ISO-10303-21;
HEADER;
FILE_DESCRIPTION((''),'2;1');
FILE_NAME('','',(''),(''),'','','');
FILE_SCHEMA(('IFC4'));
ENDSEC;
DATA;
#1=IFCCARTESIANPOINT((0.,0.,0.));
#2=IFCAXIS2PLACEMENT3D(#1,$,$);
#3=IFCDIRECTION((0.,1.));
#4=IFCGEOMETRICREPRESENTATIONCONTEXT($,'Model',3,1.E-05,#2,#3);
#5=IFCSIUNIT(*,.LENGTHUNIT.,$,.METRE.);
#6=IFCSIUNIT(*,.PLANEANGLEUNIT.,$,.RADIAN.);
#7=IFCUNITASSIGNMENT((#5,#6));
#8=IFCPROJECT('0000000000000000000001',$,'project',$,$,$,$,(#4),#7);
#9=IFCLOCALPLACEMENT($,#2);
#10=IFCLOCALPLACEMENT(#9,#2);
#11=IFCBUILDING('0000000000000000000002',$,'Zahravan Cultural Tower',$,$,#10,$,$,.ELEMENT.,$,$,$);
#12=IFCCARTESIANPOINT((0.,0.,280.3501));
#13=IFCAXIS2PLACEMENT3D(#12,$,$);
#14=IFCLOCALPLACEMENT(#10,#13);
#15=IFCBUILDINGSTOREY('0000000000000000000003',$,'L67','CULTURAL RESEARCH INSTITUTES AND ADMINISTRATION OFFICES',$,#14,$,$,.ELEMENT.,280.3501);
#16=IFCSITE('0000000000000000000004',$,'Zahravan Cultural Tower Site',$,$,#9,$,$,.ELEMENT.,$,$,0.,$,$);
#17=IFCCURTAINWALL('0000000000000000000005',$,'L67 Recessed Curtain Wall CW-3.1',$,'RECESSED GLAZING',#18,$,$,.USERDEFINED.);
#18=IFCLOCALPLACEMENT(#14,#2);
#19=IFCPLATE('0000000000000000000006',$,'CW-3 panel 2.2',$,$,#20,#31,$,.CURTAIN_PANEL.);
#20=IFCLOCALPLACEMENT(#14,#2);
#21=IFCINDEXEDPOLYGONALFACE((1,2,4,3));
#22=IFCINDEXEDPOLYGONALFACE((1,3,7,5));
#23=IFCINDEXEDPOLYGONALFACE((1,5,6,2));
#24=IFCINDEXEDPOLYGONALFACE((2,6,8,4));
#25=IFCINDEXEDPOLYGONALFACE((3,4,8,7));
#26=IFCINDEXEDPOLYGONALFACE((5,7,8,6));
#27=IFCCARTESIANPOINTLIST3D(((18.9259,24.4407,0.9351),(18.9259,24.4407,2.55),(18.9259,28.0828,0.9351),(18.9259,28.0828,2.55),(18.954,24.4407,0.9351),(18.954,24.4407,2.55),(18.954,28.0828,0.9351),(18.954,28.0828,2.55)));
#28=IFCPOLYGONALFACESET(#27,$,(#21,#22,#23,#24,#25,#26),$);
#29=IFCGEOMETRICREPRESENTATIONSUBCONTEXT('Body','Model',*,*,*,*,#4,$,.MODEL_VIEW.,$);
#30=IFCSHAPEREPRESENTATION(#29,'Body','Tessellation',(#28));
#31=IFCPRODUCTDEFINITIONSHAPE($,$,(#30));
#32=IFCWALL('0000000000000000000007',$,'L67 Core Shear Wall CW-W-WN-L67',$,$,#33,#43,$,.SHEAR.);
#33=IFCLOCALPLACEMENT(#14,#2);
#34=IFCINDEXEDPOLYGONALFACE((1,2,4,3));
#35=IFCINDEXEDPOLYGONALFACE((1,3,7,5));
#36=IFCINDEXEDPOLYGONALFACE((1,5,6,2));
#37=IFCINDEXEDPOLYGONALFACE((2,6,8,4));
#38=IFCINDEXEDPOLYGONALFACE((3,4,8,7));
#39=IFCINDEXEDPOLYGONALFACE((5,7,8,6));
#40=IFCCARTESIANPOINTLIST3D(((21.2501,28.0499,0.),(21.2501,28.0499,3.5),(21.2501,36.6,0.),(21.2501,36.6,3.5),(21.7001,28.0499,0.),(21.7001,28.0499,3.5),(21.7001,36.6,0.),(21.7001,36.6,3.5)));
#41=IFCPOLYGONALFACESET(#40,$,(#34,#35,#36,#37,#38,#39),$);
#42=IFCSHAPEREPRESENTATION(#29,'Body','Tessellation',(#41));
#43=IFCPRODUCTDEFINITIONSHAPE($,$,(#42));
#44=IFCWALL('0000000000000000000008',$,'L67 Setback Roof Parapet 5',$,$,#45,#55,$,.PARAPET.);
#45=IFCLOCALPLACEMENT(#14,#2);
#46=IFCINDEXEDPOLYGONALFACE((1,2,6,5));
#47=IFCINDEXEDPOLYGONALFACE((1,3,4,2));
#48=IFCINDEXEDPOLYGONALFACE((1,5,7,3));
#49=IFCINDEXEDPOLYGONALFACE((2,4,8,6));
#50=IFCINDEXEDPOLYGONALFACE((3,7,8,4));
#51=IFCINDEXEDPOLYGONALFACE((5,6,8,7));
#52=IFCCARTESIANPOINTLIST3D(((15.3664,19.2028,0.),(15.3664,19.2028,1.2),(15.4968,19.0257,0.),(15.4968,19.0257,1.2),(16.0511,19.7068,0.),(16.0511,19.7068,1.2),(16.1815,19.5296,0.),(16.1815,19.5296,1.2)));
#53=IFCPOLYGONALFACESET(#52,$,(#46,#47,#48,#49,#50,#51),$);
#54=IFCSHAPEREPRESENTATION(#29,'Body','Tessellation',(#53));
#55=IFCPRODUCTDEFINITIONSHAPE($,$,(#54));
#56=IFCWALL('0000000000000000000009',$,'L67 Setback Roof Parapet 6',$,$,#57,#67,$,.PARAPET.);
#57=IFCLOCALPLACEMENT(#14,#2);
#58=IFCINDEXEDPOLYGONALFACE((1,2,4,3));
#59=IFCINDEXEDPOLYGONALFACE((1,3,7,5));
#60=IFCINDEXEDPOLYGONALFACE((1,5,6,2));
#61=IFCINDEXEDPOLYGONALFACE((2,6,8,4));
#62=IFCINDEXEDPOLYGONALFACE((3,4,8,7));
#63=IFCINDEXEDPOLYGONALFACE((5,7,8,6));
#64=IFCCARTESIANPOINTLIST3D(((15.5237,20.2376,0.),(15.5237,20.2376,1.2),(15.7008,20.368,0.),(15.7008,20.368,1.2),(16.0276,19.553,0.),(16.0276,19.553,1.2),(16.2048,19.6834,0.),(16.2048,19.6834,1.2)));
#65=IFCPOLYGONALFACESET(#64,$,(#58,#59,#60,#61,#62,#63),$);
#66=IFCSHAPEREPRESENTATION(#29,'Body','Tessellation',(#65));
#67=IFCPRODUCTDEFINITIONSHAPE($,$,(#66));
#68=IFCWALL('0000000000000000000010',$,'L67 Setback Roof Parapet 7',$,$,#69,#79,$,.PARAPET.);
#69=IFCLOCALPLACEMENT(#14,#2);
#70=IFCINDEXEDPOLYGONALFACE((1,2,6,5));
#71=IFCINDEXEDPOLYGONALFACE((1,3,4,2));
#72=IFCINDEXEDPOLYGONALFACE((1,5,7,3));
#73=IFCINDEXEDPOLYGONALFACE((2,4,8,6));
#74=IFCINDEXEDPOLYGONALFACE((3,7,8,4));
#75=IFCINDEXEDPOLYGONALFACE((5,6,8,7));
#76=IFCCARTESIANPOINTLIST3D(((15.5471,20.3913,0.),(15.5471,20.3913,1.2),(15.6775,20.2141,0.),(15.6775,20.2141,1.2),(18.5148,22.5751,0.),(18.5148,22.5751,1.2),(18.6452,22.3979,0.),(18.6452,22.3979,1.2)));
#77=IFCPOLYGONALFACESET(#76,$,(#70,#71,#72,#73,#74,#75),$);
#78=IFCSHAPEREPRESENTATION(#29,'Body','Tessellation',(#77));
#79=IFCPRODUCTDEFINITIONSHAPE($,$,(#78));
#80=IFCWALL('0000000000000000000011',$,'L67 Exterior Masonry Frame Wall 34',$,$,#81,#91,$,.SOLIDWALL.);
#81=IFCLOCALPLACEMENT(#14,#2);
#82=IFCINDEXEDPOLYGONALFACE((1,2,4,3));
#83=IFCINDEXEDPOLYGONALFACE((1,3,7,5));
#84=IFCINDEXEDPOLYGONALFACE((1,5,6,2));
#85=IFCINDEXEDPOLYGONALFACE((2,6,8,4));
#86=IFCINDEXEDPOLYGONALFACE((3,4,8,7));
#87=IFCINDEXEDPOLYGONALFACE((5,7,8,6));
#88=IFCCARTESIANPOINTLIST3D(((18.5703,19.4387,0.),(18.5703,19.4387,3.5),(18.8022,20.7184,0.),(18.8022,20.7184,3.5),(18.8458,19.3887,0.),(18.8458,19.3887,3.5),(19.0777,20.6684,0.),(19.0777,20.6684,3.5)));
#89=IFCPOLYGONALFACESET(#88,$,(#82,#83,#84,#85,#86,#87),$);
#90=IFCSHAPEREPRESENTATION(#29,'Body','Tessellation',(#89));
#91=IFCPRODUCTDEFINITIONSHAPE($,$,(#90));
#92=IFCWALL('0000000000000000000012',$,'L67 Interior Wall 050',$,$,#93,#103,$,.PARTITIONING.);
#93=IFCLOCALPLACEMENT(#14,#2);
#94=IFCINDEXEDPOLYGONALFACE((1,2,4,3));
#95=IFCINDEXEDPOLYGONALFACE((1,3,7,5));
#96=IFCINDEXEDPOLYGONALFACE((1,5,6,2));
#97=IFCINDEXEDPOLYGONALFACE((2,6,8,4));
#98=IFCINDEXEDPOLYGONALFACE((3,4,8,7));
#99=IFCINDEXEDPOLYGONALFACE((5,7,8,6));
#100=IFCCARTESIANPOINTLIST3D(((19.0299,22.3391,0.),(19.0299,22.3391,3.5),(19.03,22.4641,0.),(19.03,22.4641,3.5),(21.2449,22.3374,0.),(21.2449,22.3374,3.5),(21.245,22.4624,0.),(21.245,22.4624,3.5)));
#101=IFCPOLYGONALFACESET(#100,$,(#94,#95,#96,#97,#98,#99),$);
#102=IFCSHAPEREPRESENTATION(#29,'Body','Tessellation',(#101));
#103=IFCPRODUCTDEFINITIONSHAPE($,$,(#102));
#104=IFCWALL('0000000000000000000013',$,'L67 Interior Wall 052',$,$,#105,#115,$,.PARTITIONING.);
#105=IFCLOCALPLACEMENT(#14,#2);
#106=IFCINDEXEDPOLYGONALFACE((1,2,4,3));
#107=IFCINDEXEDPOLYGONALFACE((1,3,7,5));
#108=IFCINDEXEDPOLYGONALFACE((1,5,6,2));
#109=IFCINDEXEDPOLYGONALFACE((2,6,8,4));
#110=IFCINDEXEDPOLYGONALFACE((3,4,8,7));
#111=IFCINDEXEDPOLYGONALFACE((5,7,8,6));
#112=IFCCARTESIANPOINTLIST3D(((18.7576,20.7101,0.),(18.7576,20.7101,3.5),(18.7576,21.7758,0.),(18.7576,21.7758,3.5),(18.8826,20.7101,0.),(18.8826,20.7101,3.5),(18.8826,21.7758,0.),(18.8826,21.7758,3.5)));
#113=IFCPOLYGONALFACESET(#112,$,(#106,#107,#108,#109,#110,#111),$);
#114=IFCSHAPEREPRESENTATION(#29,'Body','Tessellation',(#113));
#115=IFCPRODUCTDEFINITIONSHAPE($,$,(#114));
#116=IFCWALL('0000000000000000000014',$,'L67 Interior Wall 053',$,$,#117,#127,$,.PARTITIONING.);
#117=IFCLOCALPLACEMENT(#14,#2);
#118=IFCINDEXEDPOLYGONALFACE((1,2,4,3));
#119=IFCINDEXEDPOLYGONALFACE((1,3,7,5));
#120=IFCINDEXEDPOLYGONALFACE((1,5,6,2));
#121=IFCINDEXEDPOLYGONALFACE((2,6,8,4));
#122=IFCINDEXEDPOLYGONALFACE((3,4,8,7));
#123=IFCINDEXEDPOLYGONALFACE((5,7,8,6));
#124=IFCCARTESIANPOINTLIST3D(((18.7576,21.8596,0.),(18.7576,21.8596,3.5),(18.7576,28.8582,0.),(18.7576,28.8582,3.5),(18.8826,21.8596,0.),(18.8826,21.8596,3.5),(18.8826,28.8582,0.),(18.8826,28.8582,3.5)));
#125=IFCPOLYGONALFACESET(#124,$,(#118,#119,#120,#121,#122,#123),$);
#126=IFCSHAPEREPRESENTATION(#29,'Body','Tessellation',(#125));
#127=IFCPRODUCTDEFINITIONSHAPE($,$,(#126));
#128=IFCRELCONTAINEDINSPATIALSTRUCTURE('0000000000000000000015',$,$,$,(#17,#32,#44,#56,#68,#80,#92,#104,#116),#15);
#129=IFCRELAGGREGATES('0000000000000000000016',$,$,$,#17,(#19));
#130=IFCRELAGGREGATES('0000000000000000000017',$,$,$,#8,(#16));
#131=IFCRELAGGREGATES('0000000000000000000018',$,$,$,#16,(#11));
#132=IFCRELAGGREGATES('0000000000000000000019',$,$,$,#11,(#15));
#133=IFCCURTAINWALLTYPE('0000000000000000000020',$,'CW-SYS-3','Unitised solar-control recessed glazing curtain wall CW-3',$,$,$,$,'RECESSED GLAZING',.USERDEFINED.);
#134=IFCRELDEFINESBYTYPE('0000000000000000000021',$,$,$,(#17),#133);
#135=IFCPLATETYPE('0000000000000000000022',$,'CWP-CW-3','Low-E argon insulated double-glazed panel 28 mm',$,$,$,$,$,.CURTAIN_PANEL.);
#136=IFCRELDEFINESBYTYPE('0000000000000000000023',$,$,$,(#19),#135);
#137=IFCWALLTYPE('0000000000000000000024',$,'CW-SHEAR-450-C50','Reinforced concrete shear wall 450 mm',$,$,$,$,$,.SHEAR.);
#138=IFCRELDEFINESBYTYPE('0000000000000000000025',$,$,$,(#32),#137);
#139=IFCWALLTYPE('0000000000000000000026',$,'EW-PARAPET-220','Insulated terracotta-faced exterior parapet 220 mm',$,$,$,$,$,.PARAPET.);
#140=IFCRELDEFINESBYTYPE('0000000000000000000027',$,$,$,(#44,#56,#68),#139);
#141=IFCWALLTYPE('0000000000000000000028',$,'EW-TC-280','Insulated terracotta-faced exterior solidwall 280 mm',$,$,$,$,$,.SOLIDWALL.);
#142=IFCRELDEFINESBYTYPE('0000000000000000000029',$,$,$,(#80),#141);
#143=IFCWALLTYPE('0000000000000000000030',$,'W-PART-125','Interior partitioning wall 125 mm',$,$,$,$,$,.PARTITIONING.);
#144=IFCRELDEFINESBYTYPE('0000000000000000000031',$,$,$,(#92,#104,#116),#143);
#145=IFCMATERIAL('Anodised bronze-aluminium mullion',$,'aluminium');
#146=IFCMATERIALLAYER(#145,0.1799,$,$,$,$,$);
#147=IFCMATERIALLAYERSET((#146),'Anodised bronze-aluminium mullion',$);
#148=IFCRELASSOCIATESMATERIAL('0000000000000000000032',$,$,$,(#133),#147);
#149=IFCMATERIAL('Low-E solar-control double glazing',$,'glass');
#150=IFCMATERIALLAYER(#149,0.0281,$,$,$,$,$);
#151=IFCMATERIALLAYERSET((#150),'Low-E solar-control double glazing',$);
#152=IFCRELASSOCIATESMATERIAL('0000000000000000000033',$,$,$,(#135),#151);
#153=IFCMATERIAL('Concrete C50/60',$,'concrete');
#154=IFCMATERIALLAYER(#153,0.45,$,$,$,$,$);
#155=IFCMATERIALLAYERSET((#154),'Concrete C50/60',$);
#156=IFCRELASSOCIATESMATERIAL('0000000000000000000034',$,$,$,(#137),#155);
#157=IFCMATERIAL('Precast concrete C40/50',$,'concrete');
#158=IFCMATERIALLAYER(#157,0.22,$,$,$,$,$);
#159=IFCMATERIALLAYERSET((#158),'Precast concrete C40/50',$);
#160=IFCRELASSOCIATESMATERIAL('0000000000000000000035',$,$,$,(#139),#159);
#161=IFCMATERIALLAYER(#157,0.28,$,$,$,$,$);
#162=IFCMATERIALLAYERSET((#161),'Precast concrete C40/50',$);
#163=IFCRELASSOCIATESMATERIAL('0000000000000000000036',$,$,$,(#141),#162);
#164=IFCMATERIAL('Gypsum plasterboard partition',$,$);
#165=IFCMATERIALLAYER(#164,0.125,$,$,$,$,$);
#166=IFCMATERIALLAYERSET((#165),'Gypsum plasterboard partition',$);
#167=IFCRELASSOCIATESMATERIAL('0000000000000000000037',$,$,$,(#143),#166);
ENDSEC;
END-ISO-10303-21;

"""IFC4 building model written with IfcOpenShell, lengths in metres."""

from ifc_helpers import new_model, si_unit, direction, frame, frame_2d, origin, origin_2d, place, context, subcontext, project, spatial, rectangle, extrude, source, transform, mapped, material, layer, layer_set, type_object, element, aggregate, save


model = new_model("IFC4")

# Units and contexts
model_context = context("Model", 3, precision=1e-05, world=origin(), true_north=direction((0.0, 1.0)))
body_context = subcontext(model_context, "Body", "Model", "MODEL_VIEW")
ifc_project = project(units=[si_unit("LENGTHUNIT", "METRE"), si_unit("PLANEANGLEUNIT", "RADIAN")], contexts=[model_context])

# Site, building, storey
site_placement = place(None, origin())
site = spatial("IfcSite", under=ifc_project, at=site_placement, Name="Zahravan Cultural Tower Site", CompositionType="ELEMENT", RefElevation=0.0)
building_placement = place(site_placement, origin())
building = spatial("IfcBuilding", under=site, at=building_placement, Name="Zahravan Cultural Tower", CompositionType="ELEMENT")
storey_placement = place(building_placement, frame((0.0, 0.0, 280.3501)))
storey = spatial("IfcBuildingStorey", under=building, at=storey_placement, Name="L67", Description="CULTURAL RESEARCH INSTITUTES AND ADMINISTRATION OFFICES", CompositionType="ELEMENT", Elevation=280.3501)

# Shared definitions
ifc_material_1 = material(Name="Concrete C50/60", Category="concrete")

# Curtain wall, plate
ifc_material_2 = material(Name="Anodised bronze-aluminium mullion", Category="aluminium")
ifc_layer_1 = layer(ifc_material_2, 0.1799)
ifc_layer_set_1 = layer_set([ifc_layer_1], Name="Anodised bronze-aluminium mullion")
curtain_wall_type = type_object("IfcCurtainWallType", Name="CW-SYS-3", Description="Unitised solar-control recessed glazing curtain wall CW-3", ElementType="RECESSED GLAZING", PredefinedType="USERDEFINED", material=ifc_layer_set_1)
curtain_wall_placement = place(storey_placement, origin())
curtain_wall = element("IfcCurtainWall", 1, at=curtain_wall_placement, inside=storey, type_object=curtain_wall_type, Name="L67 Recessed Curtain Wall CW-3.1", ObjectType="RECESSED GLAZING", PredefinedType="USERDEFINED")
ifc_material_3 = material(Name="Low-E solar-control double glazing", Category="glass")
ifc_layer_2 = layer(ifc_material_3, 0.0281)
ifc_layer_set_2 = layer_set([ifc_layer_2], Name="Low-E solar-control double glazing")
plate_type = type_object("IfcPlateType", Name="CWP-CW-3", Description="Low-E argon insulated double-glazed panel 28 mm", PredefinedType="CURTAIN_PANEL", material=ifc_layer_set_2)
shared_shape_1 = source(origin(), body_context, "Body", "SweptSolid", [
    extrude(rectangle(XDim=3.6421, YDim=0.0281, at=origin_2d()), origin(), (0.0, 0.0, 1.0), 1.615),
])
plate_1_placement = place(storey_placement, frame((18.9399, 26.2617, 0.9351), z_axis=(0.0, 0.0, 1.0), x_axis=(0.0, 1.0, 0.0)))
plate_1 = element("IfcPlate", 2, at=plate_1_placement, type_object=plate_type, Name="CW-3 panel 2.2", PredefinedType="CURTAIN_PANEL", context=body_context, shape_type="MappedRepresentation", body=[
    mapped(shared_shape_1, transform((0.0, 0.0, 0.0), x_axis=(1.0, 0.0, 0.0), y_axis=(0.0, 1.0, 0.0), z_axis=(0.0, 0.0, 1.0), scale=1.0)),
])
aggregate(curtain_wall, [plate_1])

# Walls
ifc_layer_3 = layer(ifc_material_1, 0.45)
ifc_layer_set_3 = layer_set([ifc_layer_3], Name="Concrete C50/60")
wall_type_1 = type_object("IfcWallType", Name="CW-SHEAR-450-C50", Description="Reinforced concrete shear wall 450 mm", PredefinedType="SHEAR", material=ifc_layer_set_3)
shared_shape_2 = source(origin(), body_context, "Body", "SweptSolid", [
    extrude(rectangle(XDim=8.55, YDim=0.45, at=frame_2d((4.2749, 0.0))), origin(), (0.0, 0.0, 1.0), 3.5),
])
wall_1_placement = place(storey_placement, frame((21.4751, 28.05, 0.0), z_axis=(0.0, 0.0, 1.0), x_axis=(0.0, 1.0, 0.0)))
element("IfcWall", 3, at=wall_1_placement, inside=storey, type_object=wall_type_1, Name="L67 Core Shear Wall CW-W-WN-L67", PredefinedType="SHEAR", context=body_context, shape_type="MappedRepresentation", body=[
    mapped(shared_shape_2, transform((0.0, 0.0, 0.0), x_axis=(1.0, 0.0, 0.0), y_axis=(0.0, 1.0, 0.0), z_axis=(0.0, 0.0, 1.0), scale=1.0)),
])
ifc_material_4 = material(Name="Precast concrete C40/50", Category="concrete")
ifc_layer_4 = layer(ifc_material_4, 0.22)
ifc_layer_set_4 = layer_set([ifc_layer_4], Name="Precast concrete C40/50")
wall_type_2 = type_object("IfcWallType", Name="EW-PARAPET-220", Description="Insulated terracotta-faced exterior parapet 220 mm", PredefinedType="PARAPET", material=ifc_layer_set_4)
shared_shape_3 = source(origin(), body_context, "Body", "SweptSolid", [
    extrude(rectangle(XDim=0.8501, YDim=0.22, at=frame_2d((0.425, 0.0))), origin(), (0.0, 0.0, 1.0), 1.2),
])
for number, where, z_axis, x_axis, name in (
    (4, (15.4316, 19.1143, 0.0), (0.0, 0.0, 1.0), (0.805345, 0.592807, 0.0), "L67 Setback Roof Parapet 5"),
    (5, (16.1162, 19.6182, 0.0), (0.0, 0.0, 1.0), (-0.592807, 0.805345, 0.0), "L67 Setback Roof Parapet 6"),
):
    element("IfcWall", number, at=place(storey_placement, frame(where, z_axis=z_axis, x_axis=x_axis)), inside=storey, type_object=wall_type_2, Name=name, PredefinedType="PARAPET", context=body_context, shape_type="MappedRepresentation", body=[
        mapped(shared_shape_3, transform((0.0, 0.0, 0.0), x_axis=(1.0, 0.0, 0.0), y_axis=(0.0, 1.0, 0.0), z_axis=(0.0, 0.0, 1.0), scale=1.0)),
    ])
shared_shape_4 = source(origin(), body_context, "Body", "SweptSolid", [
    extrude(rectangle(XDim=3.6846, YDim=0.22, at=frame_2d((1.8423, 0.0))), origin(), (0.0, 0.0, 1.0), 1.2),
])
wall_2_placement = place(storey_placement, frame((15.6123, 20.3027, 0.0), z_axis=(0.0, 0.0, 1.0), x_axis=(0.805437, 0.592681, 0.0)))
element("IfcWall", 6, at=wall_2_placement, inside=storey, type_object=wall_type_2, Name="L67 Setback Roof Parapet 7", PredefinedType="PARAPET", context=body_context, shape_type="MappedRepresentation", body=[
    mapped(shared_shape_4, transform((0.0, 0.0, 0.0), x_axis=(1.0, 0.0, 0.0), y_axis=(0.0, 1.0, 0.0), z_axis=(0.0, 0.0, 1.0), scale=1.0)),
])
ifc_layer_5 = layer(ifc_material_4, 0.28)
ifc_layer_set_5 = layer_set([ifc_layer_5], Name="Precast concrete C40/50")
wall_type_3 = type_object("IfcWallType", Name="EW-TC-280", Description="Insulated terracotta-faced exterior solidwall 280 mm", PredefinedType="SOLIDWALL", material=ifc_layer_set_5)
shared_shape_5 = source(origin(), body_context, "Body", "SweptSolid", [
    extrude(rectangle(XDim=1.3005, YDim=0.28, at=frame_2d((0.6504, 0.0))), origin(), (0.0, 0.0, 1.0), 3.5),
])
wall_3_placement = place(storey_placement, frame((18.708, 19.4136, 0.0), z_axis=(0.0, 0.0, 1.0), x_axis=(0.178324, 0.983972, 0.0)))
element("IfcWall", 7, at=wall_3_placement, inside=storey, type_object=wall_type_3, Name="L67 Exterior Masonry Frame Wall 34", PredefinedType="SOLIDWALL", context=body_context, shape_type="MappedRepresentation", body=[
    mapped(shared_shape_5, transform((0.0, 0.0, 0.0), x_axis=(1.0, 0.0, 0.0), y_axis=(0.0, 1.0, 0.0), z_axis=(0.0, 0.0, 1.0), scale=1.0)),
])
ifc_material_5 = material(Name="Gypsum plasterboard partition")
ifc_layer_6 = layer(ifc_material_5, 0.125)
ifc_layer_set_6 = layer_set([ifc_layer_6], Name="Gypsum plasterboard partition")
wall_type_4 = type_object("IfcWallType", Name="W-PART-125", Description="Interior partitioning wall 125 mm", PredefinedType="PARTITIONING", material=ifc_layer_set_6)
shared_shape_6 = source(origin(), body_context, "Body", "SweptSolid", [
    extrude(rectangle(XDim=2.2151, YDim=0.125, at=frame_2d((1.1074, 0.0))), origin(), (0.0, 0.0, 1.0), 3.5),
])
wall_4_placement = place(storey_placement, frame((19.03, 22.4016, 0.0), z_axis=(0.0, 0.0, 1.0), x_axis=(1.0, -0.000772, 0.0)))
element("IfcWall", 8, at=wall_4_placement, inside=storey, type_object=wall_type_4, Name="L67 Interior Wall 050", PredefinedType="PARTITIONING", context=body_context, shape_type="MappedRepresentation", body=[
    mapped(shared_shape_6, transform((0.0, 0.0, 0.0), x_axis=(1.0, 0.0, 0.0), y_axis=(0.0, 1.0, 0.0), z_axis=(0.0, 0.0, 1.0), scale=1.0)),
])
shared_shape_7 = source(origin(), body_context, "Body", "SweptSolid", [
    extrude(rectangle(XDim=1.0657, YDim=0.125, at=frame_2d((0.5327, 0.0))), origin(), (0.0, 0.0, 1.0), 3.5),
])
wall_5_placement = place(storey_placement, frame((18.8201, 20.7102, 0.0), z_axis=(0.0, 0.0, 1.0), x_axis=(0.0, 1.0, 0.0)))
element("IfcWall", 9, at=wall_5_placement, inside=storey, type_object=wall_type_4, Name="L67 Interior Wall 052", PredefinedType="PARTITIONING", context=body_context, shape_type="MappedRepresentation", body=[
    mapped(shared_shape_7, transform((0.0, 0.0, 0.0), x_axis=(1.0, 0.0, 0.0), y_axis=(0.0, 1.0, 0.0), z_axis=(0.0, 0.0, 1.0), scale=1.0)),
])
shared_shape_8 = source(origin(), body_context, "Body", "SweptSolid", [
    extrude(rectangle(XDim=6.9985, YDim=0.125, at=frame_2d((3.4993, 0.0))), origin(), (0.0, 0.0, 1.0), 3.5),
])
wall_6_placement = place(storey_placement, frame((18.8201, 21.8596, 0.0), z_axis=(0.0, 0.0, 1.0), x_axis=(0.0, 1.0, 0.0)))
element("IfcWall", 10, at=wall_6_placement, inside=storey, type_object=wall_type_4, Name="L67 Interior Wall 053", PredefinedType="PARTITIONING", context=body_context, shape_type="MappedRepresentation", body=[
    mapped(shared_shape_8, transform((0.0, 0.0, 0.0), x_axis=(1.0, 0.0, 0.0), y_axis=(0.0, 1.0, 0.0), z_axis=(0.0, 0.0, 1.0), scale=1.0)),
])

save(model, "model.ifc")
